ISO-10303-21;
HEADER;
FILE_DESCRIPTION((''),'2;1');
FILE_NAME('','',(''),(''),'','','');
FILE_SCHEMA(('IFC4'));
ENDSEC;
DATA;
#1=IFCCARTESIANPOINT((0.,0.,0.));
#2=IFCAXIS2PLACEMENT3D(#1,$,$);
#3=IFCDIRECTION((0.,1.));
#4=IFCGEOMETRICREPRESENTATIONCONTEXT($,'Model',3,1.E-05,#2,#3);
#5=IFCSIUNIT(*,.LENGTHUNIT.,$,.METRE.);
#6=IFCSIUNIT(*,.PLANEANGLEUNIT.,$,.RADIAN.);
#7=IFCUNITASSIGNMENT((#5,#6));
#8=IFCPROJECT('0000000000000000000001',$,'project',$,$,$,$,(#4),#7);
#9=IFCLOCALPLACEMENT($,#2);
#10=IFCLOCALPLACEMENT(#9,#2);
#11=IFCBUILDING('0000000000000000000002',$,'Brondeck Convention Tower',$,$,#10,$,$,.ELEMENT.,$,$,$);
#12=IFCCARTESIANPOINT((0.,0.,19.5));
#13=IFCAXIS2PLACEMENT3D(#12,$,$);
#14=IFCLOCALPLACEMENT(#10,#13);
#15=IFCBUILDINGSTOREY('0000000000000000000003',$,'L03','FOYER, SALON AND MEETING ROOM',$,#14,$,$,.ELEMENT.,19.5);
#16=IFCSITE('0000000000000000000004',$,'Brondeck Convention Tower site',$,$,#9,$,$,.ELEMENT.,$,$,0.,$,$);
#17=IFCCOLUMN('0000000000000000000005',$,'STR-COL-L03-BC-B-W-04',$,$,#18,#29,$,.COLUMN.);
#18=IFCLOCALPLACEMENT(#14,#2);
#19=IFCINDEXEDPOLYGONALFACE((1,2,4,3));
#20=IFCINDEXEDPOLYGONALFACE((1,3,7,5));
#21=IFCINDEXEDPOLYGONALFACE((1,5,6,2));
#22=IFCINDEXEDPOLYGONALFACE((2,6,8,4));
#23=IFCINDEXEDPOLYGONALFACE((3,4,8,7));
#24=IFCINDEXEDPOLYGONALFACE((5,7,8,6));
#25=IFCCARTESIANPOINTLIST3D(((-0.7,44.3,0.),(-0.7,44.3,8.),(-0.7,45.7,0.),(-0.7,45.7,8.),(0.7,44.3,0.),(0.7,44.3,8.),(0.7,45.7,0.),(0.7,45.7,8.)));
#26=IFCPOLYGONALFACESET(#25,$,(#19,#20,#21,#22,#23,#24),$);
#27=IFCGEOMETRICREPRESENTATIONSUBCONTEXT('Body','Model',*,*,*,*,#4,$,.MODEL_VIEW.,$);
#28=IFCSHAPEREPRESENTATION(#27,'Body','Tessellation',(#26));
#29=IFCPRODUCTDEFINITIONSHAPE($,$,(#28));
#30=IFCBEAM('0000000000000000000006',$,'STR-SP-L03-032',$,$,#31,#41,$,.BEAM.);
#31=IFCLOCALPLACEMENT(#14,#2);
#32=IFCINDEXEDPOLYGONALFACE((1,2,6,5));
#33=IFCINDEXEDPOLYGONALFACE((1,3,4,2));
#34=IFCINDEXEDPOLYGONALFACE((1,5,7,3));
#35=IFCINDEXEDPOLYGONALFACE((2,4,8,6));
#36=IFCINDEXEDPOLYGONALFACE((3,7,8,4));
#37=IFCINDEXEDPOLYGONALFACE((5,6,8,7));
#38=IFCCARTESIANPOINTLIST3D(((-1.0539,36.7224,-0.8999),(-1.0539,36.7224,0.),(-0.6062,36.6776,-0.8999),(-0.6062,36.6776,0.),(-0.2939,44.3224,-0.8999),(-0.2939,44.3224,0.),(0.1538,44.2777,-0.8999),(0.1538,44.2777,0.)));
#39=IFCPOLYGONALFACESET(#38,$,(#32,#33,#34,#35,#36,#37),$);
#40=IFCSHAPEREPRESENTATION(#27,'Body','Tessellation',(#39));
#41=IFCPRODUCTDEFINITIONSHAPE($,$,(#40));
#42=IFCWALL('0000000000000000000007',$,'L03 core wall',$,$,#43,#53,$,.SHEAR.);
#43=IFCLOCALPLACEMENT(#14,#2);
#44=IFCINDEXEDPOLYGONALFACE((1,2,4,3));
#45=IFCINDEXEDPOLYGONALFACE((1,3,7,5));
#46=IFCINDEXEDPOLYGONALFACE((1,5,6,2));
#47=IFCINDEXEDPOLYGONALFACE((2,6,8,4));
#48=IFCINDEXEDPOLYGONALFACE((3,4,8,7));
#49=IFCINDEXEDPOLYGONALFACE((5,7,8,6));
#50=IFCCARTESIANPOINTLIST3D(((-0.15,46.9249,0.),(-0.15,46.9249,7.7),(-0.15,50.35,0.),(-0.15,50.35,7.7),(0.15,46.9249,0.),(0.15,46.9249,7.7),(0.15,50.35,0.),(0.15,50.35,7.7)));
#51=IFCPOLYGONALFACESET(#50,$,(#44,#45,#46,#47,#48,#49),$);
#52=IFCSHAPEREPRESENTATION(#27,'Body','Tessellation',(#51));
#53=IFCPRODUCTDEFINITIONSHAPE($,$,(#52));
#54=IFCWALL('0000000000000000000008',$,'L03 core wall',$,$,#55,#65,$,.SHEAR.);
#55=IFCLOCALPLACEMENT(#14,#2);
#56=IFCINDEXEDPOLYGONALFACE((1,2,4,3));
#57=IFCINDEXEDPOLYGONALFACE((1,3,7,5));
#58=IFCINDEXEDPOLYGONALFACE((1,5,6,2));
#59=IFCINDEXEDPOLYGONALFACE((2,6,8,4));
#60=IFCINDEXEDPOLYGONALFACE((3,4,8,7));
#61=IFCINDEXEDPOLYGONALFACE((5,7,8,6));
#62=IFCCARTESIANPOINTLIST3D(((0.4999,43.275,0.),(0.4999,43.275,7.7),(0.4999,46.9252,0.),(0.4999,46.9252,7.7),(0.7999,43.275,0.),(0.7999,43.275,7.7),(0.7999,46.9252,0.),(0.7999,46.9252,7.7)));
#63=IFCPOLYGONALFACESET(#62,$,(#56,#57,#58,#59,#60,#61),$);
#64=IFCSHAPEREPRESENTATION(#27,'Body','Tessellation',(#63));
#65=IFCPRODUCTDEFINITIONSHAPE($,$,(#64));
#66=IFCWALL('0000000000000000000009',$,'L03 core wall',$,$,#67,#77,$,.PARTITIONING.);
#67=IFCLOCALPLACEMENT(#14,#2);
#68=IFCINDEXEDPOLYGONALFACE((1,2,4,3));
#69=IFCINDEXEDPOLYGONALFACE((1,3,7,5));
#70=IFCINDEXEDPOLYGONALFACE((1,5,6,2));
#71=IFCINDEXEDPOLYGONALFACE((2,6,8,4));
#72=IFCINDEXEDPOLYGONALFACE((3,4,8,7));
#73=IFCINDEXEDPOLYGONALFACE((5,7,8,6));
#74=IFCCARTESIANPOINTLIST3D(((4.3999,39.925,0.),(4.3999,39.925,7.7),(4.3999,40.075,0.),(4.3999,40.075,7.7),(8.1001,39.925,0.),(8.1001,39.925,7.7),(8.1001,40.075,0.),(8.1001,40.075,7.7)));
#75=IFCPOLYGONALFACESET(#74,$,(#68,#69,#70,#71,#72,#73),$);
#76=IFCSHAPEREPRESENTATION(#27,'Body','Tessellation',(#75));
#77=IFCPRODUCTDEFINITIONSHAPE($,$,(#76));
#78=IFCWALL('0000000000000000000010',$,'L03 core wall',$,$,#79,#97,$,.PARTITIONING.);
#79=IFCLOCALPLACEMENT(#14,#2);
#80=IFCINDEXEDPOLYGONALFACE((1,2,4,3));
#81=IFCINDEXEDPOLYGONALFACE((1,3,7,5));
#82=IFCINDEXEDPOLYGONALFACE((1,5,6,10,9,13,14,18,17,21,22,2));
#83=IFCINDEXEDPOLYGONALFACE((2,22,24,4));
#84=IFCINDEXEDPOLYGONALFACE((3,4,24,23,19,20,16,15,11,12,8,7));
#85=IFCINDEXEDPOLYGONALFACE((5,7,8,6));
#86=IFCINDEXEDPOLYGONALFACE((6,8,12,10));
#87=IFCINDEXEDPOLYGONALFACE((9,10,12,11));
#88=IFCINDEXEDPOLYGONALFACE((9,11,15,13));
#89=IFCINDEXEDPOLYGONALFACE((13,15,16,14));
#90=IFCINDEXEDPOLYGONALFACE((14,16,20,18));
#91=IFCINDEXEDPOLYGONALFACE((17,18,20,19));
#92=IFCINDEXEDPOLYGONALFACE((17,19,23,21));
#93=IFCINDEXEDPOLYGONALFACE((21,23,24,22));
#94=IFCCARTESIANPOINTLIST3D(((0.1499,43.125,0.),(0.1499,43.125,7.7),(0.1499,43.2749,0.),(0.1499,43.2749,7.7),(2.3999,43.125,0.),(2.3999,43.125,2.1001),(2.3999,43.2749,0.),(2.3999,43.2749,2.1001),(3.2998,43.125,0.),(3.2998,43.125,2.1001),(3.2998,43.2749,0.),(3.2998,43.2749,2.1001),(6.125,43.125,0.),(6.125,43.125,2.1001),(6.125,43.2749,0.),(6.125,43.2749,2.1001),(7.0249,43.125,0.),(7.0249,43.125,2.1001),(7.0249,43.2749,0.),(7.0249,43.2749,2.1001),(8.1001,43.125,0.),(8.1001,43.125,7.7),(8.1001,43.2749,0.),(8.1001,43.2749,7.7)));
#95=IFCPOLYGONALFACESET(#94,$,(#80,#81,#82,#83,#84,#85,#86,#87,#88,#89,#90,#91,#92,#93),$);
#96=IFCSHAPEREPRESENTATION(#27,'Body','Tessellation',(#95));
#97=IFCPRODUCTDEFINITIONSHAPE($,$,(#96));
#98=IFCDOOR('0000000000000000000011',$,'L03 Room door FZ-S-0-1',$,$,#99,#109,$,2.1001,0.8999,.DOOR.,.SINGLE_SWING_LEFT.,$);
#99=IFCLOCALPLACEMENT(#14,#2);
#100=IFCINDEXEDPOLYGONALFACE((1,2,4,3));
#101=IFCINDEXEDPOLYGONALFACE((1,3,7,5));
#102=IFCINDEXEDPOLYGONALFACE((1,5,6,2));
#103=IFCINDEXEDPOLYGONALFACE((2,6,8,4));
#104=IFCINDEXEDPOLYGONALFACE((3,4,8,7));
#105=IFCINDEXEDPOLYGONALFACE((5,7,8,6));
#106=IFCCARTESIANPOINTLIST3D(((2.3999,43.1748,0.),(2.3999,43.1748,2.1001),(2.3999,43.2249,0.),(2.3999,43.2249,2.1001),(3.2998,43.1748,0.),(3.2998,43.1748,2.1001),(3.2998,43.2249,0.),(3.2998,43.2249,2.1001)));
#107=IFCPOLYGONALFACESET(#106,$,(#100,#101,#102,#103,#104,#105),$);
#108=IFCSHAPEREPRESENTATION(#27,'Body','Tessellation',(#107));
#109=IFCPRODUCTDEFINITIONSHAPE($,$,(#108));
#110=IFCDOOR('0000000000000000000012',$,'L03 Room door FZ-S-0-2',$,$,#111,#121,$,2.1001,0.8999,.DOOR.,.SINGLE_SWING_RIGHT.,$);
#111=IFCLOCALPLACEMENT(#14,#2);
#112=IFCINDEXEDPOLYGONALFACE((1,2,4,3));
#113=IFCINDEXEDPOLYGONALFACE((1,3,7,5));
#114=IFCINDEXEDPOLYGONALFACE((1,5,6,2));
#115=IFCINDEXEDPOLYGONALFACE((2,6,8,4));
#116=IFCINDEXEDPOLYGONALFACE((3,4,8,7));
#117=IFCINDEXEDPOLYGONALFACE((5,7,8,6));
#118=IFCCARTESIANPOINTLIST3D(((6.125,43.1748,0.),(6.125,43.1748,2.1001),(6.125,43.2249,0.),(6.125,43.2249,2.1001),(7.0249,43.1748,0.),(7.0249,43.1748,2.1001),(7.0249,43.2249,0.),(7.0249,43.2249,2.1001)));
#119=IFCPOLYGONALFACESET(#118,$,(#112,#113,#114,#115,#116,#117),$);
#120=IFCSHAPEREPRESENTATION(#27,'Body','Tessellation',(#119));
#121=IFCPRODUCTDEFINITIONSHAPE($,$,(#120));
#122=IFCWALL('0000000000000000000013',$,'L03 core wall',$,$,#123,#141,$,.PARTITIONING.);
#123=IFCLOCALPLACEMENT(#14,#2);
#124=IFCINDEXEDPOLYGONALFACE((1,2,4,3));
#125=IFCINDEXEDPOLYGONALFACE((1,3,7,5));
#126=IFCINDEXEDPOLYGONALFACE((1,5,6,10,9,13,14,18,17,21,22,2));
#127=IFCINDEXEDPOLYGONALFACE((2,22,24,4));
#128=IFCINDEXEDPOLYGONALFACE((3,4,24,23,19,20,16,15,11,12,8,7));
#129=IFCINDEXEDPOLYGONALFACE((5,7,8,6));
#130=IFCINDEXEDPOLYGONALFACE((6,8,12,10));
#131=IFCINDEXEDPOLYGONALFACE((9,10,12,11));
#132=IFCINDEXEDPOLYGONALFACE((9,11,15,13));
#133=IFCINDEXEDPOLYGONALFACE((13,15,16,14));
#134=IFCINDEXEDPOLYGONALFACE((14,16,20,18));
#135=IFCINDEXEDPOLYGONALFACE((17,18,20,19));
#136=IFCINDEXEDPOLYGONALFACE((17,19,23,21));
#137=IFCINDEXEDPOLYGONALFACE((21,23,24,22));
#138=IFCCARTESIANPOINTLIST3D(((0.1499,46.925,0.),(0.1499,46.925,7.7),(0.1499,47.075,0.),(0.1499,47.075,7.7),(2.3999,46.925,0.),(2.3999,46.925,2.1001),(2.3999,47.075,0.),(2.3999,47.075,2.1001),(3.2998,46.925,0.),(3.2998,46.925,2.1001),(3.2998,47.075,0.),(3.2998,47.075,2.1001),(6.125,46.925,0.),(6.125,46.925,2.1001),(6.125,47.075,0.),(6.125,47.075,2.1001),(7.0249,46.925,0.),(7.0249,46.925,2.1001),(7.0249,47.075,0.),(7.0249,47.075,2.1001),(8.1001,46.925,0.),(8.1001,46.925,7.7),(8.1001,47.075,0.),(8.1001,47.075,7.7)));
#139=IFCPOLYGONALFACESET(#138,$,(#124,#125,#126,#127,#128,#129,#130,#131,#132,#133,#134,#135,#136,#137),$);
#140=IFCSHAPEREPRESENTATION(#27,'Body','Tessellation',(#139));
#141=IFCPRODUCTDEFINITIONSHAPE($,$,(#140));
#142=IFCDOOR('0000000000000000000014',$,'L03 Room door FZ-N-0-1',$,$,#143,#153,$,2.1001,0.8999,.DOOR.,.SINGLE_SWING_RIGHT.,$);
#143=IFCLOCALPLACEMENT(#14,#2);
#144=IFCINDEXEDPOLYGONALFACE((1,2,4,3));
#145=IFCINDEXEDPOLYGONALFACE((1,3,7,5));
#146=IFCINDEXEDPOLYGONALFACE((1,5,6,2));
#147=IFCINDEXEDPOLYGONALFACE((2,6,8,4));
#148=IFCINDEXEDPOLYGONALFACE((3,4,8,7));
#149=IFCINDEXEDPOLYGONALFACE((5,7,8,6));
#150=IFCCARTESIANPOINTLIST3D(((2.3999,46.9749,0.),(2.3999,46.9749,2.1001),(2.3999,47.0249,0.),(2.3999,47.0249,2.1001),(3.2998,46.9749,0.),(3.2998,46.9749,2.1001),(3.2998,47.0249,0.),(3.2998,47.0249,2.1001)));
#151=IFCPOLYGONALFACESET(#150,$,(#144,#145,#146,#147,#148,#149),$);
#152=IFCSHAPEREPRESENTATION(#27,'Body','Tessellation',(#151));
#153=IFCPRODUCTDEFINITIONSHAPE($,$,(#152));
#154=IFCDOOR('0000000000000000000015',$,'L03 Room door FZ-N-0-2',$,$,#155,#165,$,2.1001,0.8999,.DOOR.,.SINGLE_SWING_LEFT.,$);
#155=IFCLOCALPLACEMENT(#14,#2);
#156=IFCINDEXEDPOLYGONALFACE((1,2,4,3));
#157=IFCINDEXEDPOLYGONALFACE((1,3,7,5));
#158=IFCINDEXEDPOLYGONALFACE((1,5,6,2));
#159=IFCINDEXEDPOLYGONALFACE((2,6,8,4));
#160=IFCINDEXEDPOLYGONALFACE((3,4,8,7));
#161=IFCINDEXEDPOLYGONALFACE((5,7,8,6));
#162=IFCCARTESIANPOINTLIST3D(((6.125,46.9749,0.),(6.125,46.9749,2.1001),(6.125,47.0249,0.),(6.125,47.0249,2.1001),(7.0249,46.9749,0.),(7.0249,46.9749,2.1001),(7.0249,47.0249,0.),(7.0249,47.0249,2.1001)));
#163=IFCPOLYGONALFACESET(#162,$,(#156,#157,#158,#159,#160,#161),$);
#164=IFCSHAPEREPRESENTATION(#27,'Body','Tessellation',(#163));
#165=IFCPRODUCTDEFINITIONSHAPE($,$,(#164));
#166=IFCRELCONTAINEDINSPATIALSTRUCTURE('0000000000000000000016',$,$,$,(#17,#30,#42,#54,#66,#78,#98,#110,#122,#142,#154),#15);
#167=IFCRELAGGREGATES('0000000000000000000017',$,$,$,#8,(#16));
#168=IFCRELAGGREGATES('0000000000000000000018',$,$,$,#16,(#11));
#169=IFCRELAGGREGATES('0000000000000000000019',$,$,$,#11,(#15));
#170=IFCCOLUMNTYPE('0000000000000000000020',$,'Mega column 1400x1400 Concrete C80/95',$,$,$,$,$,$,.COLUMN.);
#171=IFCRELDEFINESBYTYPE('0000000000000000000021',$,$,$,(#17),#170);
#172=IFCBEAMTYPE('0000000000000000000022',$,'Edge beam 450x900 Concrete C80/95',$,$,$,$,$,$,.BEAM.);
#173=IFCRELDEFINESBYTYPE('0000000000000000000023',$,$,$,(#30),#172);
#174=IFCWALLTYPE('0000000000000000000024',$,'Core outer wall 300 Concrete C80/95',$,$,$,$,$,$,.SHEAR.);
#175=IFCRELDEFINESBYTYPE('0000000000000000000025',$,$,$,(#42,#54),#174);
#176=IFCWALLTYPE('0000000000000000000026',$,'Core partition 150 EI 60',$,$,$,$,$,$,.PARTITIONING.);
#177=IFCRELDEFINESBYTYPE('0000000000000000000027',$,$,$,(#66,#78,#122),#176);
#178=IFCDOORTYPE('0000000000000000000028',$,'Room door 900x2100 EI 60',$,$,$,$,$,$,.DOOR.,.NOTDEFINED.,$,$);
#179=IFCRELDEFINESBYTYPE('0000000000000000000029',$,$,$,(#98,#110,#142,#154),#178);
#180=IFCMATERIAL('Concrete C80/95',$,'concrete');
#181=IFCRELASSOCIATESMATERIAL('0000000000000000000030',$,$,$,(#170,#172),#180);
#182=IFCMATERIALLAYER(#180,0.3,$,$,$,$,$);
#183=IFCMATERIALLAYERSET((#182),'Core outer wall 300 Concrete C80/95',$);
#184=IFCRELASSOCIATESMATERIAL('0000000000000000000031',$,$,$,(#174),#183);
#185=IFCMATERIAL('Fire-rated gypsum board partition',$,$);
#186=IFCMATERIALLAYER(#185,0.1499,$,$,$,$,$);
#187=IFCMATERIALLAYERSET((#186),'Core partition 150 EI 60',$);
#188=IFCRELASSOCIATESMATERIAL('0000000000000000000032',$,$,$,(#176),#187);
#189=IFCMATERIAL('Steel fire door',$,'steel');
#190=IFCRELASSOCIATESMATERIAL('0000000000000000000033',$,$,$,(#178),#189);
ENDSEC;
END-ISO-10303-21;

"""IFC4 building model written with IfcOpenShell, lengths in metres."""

from ifc_helpers import new_model, si_unit, direction, frame, frame_2d, origin, origin_2d, place, context, subcontext, project, spatial, rectangle, extrude, material, layer, layer_set, material_profile, profile_set, type_object, element, fill, save


model = new_model("IFC4")

# Units and contexts
model_context = context("Model", 3, precision=1e-05, world=origin(), true_north=direction((0.0, 1.0)))
body_context = subcontext(model_context, "Body", "Model", "MODEL_VIEW")
ifc_project = project(units=[si_unit("LENGTHUNIT", "METRE"), si_unit("PLANEANGLEUNIT", "RADIAN")], contexts=[model_context])

# Site, building, storey
site_placement = place(None, origin())
site = spatial("IfcSite", under=ifc_project, at=site_placement, Name="Brondeck Convention Tower site", CompositionType="ELEMENT", RefElevation=0.0)
building_placement = place(site_placement, origin())
building = spatial("IfcBuilding", under=site, at=building_placement, Name="Brondeck Convention Tower", CompositionType="ELEMENT")
storey_placement = place(building_placement, frame((0.0, 0.0, 19.5)))
storey = spatial("IfcBuildingStorey", under=building, at=storey_placement, Name="L03", Description="FOYER, SALON AND MEETING ROOM", CompositionType="ELEMENT", Elevation=19.5)

# Column
ifc_material_1 = material(Name="Concrete C80/95", Category="concrete")
ifc_material_profile_1 = material_profile(ifc_material_1, rectangle(XDim=1.3999, YDim=1.3999, at=origin_2d()), Name="Mega column 1400x1400 Concrete C80/95")
ifc_profile_set_1 = profile_set([ifc_material_profile_1], Name="Concrete C80/95")
column_type = type_object("IfcColumnType", Name="Mega column 1400x1400 Concrete C80/95", PredefinedType="COLUMN", material=ifc_profile_set_1)
column_placement = place(storey_placement, frame((0.0, 45.0, 0.0), z_axis=(0.0, 0.0, 1.0), x_axis=(1.0, 0.0, 0.0)))
element("IfcColumn", 1, at=column_placement, inside=storey, type_object=column_type, Name="STR-COL-L03-BC-B-W-04", PredefinedType="COLUMN", context=body_context, shape_type="SweptSolid", body=[
    extrude(rectangle(XDim=1.3999, YDim=1.3999, at=origin_2d()), origin(), (0.0, 0.0, 1.0), 8.0),
])

# Beam
ifc_material_profile_2 = material_profile(ifc_material_1, rectangle(XDim=0.45, YDim=0.8999, at=origin_2d()), Name="Edge beam 450x900 Concrete C80/95")
ifc_profile_set_2 = profile_set([ifc_material_profile_2], Name="Concrete C80/95")
beam_type = type_object("IfcBeamType", Name="Edge beam 450x900 Concrete C80/95", PredefinedType="BEAM", material=ifc_profile_set_2)
beam_placement = place(storey_placement, frame((-0.0701, 44.3, -0.45), z_axis=(-0.099504, -0.995037, 0.0), x_axis=(0.995037, -0.099504, 0.0)))
element("IfcBeam", 2, at=beam_placement, inside=storey, type_object=beam_type, Name="STR-SP-L03-032", PredefinedType="BEAM", context=body_context, shape_type="SweptSolid", body=[
    extrude(rectangle(XDim=0.45, YDim=0.8999, at=origin_2d()), origin(), (0.0, 0.0, 1.0), 7.6379),
])

# Walls
ifc_layer_1 = layer(ifc_material_1, 0.3)
ifc_layer_set_1 = layer_set([ifc_layer_1], Name="Core outer wall 300 Concrete C80/95")
wall_type_1 = type_object("IfcWallType", Name="Core outer wall 300 Concrete C80/95", PredefinedType="SHEAR", material=ifc_layer_set_1)
wall_1_placement = place(storey_placement, frame((0.0, 46.925, 0.0), z_axis=(0.0, 0.0, 1.0), x_axis=(0.0, 1.0, 0.0)))
element("IfcWall", 3, at=wall_1_placement, inside=storey, type_object=wall_type_1, Name="L03 core wall", PredefinedType="SHEAR", context=body_context, shape_type="SweptSolid", body=[
    extrude(rectangle(XDim=3.425, YDim=0.3, at=frame_2d((1.7124, 0.0))), origin(), (0.0, 0.0, 1.0), 7.7),
])
wall_2_placement = place(storey_placement, frame((0.6499, 43.2749, 0.0), z_axis=(0.0, 0.0, 1.0), x_axis=(0.0, 1.0, 0.0)))
element("IfcWall", 4, at=wall_2_placement, inside=storey, type_object=wall_type_1, Name="L03 core wall", PredefinedType="SHEAR", context=body_context, shape_type="SweptSolid", body=[
    extrude(rectangle(XDim=3.6501, YDim=0.3, at=frame_2d((1.8252, 0.0))), origin(), (0.0, 0.0, 1.0), 7.7),
])
ifc_material_2 = material(Name="Fire-rated gypsum board partition")
ifc_layer_2 = layer(ifc_material_2, 0.1499)
ifc_layer_set_2 = layer_set([ifc_layer_2], Name="Core partition 150 EI 60")
wall_type_2 = type_object("IfcWallType", Name="Core partition 150 EI 60", PredefinedType="PARTITIONING", material=ifc_layer_set_2)
wall_3_placement = place(storey_placement, frame((4.3999, 40.0, 0.0), z_axis=(0.0, 0.0, 1.0), x_axis=(1.0, 0.0, 0.0)))
element("IfcWall", 5, at=wall_3_placement, inside=storey, type_object=wall_type_2, Name="L03 core wall", PredefinedType="PARTITIONING", context=body_context, shape_type="SweptSolid", body=[
    extrude(rectangle(XDim=3.7002, YDim=0.1499, at=frame_2d((1.8501, 0.0))), origin(), (0.0, 0.0, 1.0), 7.7),
])

# Walls, openings, doors
wall_4_placement = place(storey_placement, frame((0.1499, 43.2, 0.0), z_axis=(0.0, 0.0, 1.0), x_axis=(1.0, 0.0, 0.0)))
wall_4 = element("IfcWall", 6, at=wall_4_placement, inside=storey, type_object=wall_type_2, Name="L03 core wall", PredefinedType="PARTITIONING", context=body_context, shape_type="SweptSolid", body=[
    extrude(rectangle(XDim=7.9502, YDim=0.1499, at=frame_2d((3.9751, 0.0))), origin(), (0.0, 0.0, 1.0), 7.7),
])
opening_1_placement = place(wall_4_placement, frame((2.25, 0.0, 0.0)))
opening_1 = element("IfcOpeningElement", 7, at=opening_1_placement, cuts=wall_4, PredefinedType="OPENING", context=body_context, shape_type="SweptSolid", body=[
    extrude(rectangle(XDim=0.8999, YDim=2.1001, at=frame_2d((0.45, 1.05))), frame((0.0, 0.085, 0.0), z_axis=(0.0, -1.0, 0.0), x_axis=(1.0, 0.0, 0.0)), (0.0, 0.0, 1.0), 0.1699),
])
opening_2_placement = place(wall_4_placement, frame((5.9751, 0.0, 0.0)))
opening_2 = element("IfcOpeningElement", 8, at=opening_2_placement, cuts=wall_4, PredefinedType="OPENING", context=body_context, shape_type="SweptSolid", body=[
    extrude(rectangle(XDim=0.8999, YDim=2.1001, at=frame_2d((0.45, 1.05))), frame((0.0, 0.085, 0.0), z_axis=(0.0, -1.0, 0.0), x_axis=(1.0, 0.0, 0.0)), (0.0, 0.0, 1.0), 0.1699),
])
ifc_material_3 = material(Name="Steel fire door", Category="steel")
door_type = type_object("IfcDoorType", Name="Room door 900x2100 EI 60", OperationType="NOTDEFINED", PredefinedType="DOOR", material=ifc_material_3)
door_1_placement = place(opening_1_placement, origin())
door_1 = element("IfcDoor", 9, at=door_1_placement, inside=storey, type_object=door_type, Name="L03 Room door FZ-S-0-1", OperationType="SINGLE_SWING_LEFT", OverallHeight=2.1001, OverallWidth=0.8999, PredefinedType="DOOR", context=body_context, shape_type="SweptSolid", body=[
    extrude(rectangle(XDim=0.8999, YDim=2.1001, at=frame_2d((0.45, 1.05))), frame((0.0, 0.0249, 0.0), z_axis=(0.0, -1.0, 0.0), x_axis=(1.0, 0.0, 0.0)), (0.0, 0.0, 1.0), 0.05),
])
fill(opening_1, door_1)
door_2_placement = place(opening_2_placement, origin())
door_2 = element("IfcDoor", 10, at=door_2_placement, inside=storey, type_object=door_type, Name="L03 Room door FZ-S-0-2", OperationType="SINGLE_SWING_RIGHT", OverallHeight=2.1001, OverallWidth=0.8999, PredefinedType="DOOR", context=body_context, shape_type="SweptSolid", body=[
    extrude(rectangle(XDim=0.8999, YDim=2.1001, at=frame_2d((0.45, 1.05))), frame((0.0, 0.0249, 0.0), z_axis=(0.0, -1.0, 0.0), x_axis=(1.0, 0.0, 0.0)), (0.0, 0.0, 1.0), 0.05),
])
fill(opening_2, door_2)
wall_5_placement = place(storey_placement, frame((0.1499, 47.0, 0.0), z_axis=(0.0, 0.0, 1.0), x_axis=(1.0, 0.0, 0.0)))
wall_5 = element("IfcWall", 11, at=wall_5_placement, inside=storey, type_object=wall_type_2, Name="L03 core wall", PredefinedType="PARTITIONING", context=body_context, shape_type="SweptSolid", body=[
    extrude(rectangle(XDim=7.9502, YDim=0.1499, at=frame_2d((3.9751, 0.0))), origin(), (0.0, 0.0, 1.0), 7.7),
])
opening_3_placement = place(wall_5_placement, frame((2.25, 0.0, 0.0)))
opening_3 = element("IfcOpeningElement", 12, at=opening_3_placement, cuts=wall_5, PredefinedType="OPENING", context=body_context, shape_type="SweptSolid", body=[
    extrude(rectangle(XDim=0.8999, YDim=2.1001, at=frame_2d((0.45, 1.05))), frame((0.0, 0.085, 0.0), z_axis=(0.0, -1.0, 0.0), x_axis=(1.0, 0.0, 0.0)), (0.0, 0.0, 1.0), 0.1699),
])
opening_4_placement = place(wall_5_placement, frame((5.9751, 0.0, 0.0)))
opening_4 = element("IfcOpeningElement", 13, at=opening_4_placement, cuts=wall_5, PredefinedType="OPENING", context=body_context, shape_type="SweptSolid", body=[
    extrude(rectangle(XDim=0.8999, YDim=2.1001, at=frame_2d((0.45, 1.05))), frame((0.0, 0.085, 0.0), z_axis=(0.0, -1.0, 0.0), x_axis=(1.0, 0.0, 0.0)), (0.0, 0.0, 1.0), 0.1699),
])
door_3_placement = place(opening_3_placement, origin())
door_3 = element("IfcDoor", 14, at=door_3_placement, inside=storey, type_object=door_type, Name="L03 Room door FZ-N-0-1", OperationType="SINGLE_SWING_RIGHT", OverallHeight=2.1001, OverallWidth=0.8999, PredefinedType="DOOR", context=body_context, shape_type="SweptSolid", body=[
    extrude(rectangle(XDim=0.8999, YDim=2.1001, at=frame_2d((0.45, 1.05))), frame((0.0, 0.0249, 0.0), z_axis=(0.0, -1.0, 0.0), x_axis=(1.0, 0.0, 0.0)), (0.0, 0.0, 1.0), 0.05),
])
fill(opening_3, door_3)
door_4_placement = place(opening_4_placement, origin())
door_4 = element("IfcDoor", 15, at=door_4_placement, inside=storey, type_object=door_type, Name="L03 Room door FZ-N-0-2", OperationType="SINGLE_SWING_LEFT", OverallHeight=2.1001, OverallWidth=0.8999, PredefinedType="DOOR", context=body_context, shape_type="SweptSolid", body=[
    extrude(rectangle(XDim=0.8999, YDim=2.1001, at=frame_2d((0.45, 1.05))), frame((0.0, 0.0249, 0.0), z_axis=(0.0, -1.0, 0.0), x_axis=(1.0, 0.0, 0.0)), (0.0, 0.0, 1.0), 0.05),
])
fill(opening_4, door_4)

save(model, "model.ifc")
